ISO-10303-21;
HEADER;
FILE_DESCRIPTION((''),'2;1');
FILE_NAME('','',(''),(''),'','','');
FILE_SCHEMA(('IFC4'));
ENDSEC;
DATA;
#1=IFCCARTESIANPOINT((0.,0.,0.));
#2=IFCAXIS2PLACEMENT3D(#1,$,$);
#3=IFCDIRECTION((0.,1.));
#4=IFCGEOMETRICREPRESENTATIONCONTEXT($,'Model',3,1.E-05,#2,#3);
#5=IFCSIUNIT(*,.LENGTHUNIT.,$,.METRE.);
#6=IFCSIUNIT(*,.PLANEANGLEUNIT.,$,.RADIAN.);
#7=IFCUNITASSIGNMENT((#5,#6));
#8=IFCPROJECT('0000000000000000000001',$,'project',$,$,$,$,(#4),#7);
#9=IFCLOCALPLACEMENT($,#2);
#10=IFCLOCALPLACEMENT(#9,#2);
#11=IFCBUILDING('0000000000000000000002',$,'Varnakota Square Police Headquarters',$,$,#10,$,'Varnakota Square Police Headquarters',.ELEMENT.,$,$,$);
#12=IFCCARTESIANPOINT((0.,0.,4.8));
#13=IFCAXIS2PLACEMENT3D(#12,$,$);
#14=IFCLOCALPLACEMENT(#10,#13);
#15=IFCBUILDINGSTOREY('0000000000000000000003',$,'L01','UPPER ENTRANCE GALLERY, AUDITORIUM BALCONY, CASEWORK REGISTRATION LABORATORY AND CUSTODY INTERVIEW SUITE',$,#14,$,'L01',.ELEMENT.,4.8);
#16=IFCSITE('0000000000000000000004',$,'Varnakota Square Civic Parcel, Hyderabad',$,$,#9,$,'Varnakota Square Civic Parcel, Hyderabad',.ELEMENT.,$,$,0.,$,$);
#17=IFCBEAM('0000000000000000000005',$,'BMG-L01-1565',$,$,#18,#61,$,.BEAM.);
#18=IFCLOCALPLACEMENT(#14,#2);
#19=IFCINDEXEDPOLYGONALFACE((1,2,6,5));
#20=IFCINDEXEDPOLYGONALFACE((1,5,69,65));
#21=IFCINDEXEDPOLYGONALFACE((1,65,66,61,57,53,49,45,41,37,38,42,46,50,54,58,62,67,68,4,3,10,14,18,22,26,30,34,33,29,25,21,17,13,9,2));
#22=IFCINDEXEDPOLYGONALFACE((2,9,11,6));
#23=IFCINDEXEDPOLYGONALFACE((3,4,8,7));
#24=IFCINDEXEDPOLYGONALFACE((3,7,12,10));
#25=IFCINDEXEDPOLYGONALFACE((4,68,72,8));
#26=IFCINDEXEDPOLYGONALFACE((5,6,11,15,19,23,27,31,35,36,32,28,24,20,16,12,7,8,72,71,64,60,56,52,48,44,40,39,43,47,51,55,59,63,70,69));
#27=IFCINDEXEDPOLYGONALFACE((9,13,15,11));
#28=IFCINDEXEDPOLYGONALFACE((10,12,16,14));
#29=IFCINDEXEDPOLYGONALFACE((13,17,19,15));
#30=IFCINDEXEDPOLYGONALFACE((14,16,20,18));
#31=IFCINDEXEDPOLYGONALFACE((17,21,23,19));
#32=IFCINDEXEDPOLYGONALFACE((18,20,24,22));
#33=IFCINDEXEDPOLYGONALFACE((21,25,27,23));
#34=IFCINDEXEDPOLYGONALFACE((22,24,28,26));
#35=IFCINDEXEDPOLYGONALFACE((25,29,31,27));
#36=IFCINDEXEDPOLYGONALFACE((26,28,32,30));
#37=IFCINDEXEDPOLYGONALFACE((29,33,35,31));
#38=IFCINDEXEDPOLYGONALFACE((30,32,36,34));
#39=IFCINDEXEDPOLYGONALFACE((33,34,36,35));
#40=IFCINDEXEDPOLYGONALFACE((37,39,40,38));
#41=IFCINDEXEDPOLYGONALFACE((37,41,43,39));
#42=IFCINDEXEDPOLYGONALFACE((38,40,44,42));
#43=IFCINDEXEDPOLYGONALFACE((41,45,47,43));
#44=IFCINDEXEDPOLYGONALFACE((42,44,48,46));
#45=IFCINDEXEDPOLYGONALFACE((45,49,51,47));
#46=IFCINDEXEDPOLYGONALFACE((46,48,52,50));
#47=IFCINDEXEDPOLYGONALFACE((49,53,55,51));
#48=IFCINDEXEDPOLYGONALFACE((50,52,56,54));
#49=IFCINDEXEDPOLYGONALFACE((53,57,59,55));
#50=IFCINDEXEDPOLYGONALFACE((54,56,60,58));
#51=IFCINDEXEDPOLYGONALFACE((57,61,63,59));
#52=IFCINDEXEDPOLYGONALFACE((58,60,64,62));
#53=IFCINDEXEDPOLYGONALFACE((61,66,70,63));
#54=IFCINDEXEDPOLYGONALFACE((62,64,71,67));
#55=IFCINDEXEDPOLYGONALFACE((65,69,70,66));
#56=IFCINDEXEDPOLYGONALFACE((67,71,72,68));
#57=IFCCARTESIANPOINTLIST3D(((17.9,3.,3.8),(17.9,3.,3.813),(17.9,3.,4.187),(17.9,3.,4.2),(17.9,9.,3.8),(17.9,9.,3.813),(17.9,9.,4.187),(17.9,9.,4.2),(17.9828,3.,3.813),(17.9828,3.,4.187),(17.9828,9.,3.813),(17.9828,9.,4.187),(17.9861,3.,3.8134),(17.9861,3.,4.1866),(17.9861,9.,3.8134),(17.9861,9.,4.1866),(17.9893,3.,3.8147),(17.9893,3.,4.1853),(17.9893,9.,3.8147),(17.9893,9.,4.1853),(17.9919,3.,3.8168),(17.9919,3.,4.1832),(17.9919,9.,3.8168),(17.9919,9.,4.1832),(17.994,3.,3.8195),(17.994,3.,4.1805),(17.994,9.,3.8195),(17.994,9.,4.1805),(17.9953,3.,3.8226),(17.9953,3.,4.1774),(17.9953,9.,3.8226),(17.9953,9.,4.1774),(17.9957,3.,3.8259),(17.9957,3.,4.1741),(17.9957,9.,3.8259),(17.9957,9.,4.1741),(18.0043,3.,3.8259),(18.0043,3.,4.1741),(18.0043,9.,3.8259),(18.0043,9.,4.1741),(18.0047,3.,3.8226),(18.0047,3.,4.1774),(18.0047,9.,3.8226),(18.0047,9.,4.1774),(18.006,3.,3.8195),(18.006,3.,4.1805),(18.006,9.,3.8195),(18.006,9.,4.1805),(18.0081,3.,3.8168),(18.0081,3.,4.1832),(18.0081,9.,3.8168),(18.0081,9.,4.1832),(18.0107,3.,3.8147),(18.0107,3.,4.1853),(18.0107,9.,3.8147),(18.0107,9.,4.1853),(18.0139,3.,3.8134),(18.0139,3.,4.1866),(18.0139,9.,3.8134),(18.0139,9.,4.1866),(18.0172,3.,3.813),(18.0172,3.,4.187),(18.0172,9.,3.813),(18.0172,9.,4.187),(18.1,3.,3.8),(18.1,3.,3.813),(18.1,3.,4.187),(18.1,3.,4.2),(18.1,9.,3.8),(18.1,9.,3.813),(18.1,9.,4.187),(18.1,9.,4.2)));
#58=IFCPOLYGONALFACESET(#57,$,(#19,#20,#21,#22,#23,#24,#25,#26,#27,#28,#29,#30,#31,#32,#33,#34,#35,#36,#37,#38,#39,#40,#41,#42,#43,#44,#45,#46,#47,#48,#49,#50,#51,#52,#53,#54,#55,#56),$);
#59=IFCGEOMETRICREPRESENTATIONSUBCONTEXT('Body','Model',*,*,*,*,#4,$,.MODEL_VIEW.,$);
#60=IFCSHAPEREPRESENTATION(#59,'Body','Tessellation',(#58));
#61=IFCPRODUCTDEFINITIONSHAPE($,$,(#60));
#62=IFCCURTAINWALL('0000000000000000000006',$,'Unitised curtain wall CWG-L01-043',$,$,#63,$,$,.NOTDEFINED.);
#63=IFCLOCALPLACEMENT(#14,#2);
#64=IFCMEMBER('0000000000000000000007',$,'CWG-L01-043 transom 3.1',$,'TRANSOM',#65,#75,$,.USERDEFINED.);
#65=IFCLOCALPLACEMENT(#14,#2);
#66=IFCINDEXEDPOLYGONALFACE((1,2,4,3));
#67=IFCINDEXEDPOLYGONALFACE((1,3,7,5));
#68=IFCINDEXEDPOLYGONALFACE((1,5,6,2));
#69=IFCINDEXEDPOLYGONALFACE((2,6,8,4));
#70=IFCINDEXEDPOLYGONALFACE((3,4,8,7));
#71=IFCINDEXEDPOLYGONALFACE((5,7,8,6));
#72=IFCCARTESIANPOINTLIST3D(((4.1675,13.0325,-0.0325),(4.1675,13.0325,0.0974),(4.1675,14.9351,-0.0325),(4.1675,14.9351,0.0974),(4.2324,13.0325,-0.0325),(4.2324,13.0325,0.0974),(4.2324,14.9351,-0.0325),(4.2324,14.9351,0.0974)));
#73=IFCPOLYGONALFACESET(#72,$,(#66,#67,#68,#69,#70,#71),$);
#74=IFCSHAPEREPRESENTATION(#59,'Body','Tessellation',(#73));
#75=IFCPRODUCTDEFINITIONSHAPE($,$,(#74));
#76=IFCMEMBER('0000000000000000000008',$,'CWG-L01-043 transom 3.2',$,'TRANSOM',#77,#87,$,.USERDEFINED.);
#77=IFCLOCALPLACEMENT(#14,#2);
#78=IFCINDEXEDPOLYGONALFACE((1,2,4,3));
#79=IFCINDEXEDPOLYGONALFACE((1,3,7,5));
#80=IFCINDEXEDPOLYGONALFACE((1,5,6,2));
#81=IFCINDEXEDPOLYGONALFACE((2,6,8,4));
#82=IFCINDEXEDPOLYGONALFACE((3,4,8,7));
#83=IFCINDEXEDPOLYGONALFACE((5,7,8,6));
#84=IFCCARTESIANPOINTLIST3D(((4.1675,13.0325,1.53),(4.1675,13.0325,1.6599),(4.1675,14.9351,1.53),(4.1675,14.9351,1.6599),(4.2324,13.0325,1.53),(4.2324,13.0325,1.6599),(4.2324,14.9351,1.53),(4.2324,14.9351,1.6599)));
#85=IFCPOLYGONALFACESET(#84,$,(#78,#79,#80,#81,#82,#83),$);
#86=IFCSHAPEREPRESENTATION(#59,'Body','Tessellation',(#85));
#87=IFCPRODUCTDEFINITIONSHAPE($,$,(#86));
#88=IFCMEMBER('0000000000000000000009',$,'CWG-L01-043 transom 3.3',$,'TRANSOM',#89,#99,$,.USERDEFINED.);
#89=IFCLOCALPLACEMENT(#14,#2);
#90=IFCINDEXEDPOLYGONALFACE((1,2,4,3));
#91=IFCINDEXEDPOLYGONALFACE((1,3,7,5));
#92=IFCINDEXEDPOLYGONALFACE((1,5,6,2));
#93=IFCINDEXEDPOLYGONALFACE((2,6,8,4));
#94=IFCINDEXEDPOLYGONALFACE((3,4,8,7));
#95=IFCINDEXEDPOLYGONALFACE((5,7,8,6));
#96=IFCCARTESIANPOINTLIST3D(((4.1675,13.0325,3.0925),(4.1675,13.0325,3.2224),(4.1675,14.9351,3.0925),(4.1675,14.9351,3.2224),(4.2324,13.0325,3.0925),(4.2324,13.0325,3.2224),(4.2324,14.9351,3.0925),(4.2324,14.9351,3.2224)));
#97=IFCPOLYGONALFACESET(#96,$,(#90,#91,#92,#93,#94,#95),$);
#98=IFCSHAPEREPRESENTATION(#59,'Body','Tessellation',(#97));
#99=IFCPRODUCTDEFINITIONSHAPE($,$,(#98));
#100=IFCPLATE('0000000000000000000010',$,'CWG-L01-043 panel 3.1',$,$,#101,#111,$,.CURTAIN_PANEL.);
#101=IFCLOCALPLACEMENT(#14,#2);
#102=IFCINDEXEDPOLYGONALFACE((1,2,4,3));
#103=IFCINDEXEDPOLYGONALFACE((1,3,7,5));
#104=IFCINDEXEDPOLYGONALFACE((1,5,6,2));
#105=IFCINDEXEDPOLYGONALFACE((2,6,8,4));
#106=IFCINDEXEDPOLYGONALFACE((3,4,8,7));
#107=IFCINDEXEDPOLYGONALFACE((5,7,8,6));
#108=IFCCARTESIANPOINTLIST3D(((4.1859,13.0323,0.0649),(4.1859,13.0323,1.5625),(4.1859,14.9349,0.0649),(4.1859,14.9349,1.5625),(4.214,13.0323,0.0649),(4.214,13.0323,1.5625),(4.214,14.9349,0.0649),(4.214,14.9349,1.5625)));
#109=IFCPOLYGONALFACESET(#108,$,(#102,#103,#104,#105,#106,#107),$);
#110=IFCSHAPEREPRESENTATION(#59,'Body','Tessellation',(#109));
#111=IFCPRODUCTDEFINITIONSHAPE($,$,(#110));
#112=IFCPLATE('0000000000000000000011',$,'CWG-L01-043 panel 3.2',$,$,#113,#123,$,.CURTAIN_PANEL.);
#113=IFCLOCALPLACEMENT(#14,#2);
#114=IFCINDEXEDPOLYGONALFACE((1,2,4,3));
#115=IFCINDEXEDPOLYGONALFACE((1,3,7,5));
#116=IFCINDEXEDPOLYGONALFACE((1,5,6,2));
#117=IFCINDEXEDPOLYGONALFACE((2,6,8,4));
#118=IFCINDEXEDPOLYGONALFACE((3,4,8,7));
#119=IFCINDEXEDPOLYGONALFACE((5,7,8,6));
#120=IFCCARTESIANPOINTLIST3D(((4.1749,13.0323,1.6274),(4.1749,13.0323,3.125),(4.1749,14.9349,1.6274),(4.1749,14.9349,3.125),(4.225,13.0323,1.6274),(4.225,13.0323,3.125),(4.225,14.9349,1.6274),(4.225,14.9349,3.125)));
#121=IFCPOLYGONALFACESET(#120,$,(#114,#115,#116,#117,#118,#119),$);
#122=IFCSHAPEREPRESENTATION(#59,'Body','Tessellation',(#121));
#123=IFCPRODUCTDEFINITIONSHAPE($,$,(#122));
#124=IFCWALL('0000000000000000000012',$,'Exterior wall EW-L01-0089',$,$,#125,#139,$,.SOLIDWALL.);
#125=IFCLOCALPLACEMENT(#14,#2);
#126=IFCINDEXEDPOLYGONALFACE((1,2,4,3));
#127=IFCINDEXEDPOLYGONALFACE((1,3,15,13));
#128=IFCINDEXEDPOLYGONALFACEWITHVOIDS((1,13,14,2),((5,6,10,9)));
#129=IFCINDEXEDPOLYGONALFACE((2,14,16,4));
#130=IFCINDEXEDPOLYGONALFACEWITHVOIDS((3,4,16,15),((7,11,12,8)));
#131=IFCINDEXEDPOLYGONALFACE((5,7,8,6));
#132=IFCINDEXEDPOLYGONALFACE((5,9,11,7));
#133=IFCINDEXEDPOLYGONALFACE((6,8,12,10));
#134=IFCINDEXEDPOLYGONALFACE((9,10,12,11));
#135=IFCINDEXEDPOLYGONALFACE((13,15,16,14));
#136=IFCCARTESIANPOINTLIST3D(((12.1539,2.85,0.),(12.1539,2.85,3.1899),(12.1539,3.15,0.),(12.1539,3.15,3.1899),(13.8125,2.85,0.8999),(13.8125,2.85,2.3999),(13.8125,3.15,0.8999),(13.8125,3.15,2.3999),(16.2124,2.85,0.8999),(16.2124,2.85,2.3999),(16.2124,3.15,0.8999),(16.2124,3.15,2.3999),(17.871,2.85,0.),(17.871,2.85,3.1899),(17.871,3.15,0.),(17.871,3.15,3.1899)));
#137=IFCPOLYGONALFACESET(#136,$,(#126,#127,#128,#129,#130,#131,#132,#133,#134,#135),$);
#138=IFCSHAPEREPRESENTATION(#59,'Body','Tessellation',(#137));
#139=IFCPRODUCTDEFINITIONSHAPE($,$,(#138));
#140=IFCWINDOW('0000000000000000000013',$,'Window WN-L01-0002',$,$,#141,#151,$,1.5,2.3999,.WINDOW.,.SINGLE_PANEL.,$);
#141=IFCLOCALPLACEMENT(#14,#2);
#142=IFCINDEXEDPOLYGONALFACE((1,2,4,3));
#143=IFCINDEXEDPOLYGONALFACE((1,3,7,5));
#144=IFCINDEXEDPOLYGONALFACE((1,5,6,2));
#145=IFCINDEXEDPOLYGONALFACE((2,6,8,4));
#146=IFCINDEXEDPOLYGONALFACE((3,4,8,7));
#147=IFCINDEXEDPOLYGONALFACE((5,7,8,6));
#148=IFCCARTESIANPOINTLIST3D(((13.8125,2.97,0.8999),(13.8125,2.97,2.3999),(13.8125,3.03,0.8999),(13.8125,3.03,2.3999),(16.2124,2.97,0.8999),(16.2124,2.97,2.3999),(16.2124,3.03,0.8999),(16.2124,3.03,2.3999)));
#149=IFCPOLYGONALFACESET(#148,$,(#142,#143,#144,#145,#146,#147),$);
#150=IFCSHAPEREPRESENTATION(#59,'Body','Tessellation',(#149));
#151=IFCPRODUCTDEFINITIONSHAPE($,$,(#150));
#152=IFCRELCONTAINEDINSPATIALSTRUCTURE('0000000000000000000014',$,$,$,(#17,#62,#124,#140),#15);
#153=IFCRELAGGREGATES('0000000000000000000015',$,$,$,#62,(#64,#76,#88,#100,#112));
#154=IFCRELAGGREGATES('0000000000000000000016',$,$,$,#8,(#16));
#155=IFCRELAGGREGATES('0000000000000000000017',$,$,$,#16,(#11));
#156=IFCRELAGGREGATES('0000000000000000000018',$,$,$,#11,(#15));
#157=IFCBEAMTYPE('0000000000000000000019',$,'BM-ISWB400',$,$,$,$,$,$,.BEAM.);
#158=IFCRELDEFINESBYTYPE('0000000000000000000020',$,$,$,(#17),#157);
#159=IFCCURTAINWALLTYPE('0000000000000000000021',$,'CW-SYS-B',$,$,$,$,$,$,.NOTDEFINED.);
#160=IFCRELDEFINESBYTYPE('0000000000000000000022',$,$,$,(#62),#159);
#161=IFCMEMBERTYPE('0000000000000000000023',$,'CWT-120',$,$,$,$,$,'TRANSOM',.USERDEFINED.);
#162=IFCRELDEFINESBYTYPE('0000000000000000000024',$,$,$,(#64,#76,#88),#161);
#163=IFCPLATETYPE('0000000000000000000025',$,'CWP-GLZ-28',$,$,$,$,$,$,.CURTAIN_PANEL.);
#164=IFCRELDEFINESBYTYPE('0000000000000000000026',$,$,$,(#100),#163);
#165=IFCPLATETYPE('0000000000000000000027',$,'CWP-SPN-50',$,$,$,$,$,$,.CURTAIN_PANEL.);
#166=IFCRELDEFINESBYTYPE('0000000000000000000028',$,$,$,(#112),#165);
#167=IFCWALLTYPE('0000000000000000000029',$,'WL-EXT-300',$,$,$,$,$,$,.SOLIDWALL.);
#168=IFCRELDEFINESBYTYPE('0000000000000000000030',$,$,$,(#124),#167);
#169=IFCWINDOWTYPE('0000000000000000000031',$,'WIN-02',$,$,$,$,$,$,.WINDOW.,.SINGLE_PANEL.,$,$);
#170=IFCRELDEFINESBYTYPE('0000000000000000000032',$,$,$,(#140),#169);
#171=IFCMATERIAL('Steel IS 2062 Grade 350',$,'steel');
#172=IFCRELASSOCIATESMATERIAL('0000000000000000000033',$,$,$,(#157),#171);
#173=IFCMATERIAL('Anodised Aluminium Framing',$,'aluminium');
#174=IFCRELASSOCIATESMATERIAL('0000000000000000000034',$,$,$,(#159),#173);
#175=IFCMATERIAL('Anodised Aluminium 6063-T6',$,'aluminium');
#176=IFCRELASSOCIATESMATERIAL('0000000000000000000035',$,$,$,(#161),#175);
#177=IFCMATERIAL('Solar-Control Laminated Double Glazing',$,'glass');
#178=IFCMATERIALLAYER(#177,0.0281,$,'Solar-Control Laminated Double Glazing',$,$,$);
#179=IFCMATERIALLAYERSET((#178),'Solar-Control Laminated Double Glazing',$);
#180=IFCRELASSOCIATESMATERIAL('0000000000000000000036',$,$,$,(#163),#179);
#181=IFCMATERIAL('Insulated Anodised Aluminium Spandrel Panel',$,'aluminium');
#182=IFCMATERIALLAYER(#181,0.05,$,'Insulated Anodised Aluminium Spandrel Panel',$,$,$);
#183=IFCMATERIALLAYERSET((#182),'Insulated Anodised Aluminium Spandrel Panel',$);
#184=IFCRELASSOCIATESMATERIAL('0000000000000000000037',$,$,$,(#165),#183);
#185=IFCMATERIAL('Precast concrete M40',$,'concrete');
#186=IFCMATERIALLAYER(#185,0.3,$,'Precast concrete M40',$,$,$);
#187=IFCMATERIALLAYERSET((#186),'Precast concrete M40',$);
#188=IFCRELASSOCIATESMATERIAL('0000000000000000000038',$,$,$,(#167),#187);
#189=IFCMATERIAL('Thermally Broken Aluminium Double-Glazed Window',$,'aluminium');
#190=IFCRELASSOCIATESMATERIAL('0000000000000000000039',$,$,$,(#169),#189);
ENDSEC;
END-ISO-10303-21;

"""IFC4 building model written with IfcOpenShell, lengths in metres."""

from ifc_helpers import new_model, si_unit, direction, frame, frame_2d, origin, origin_2d, place, context, subcontext, project, spatial, rectangle, i_section, extrude, material, layer, layer_set, material_profile, profile_set, type_object, element, fill, aggregate, save


model = new_model("IFC4")

# Units and contexts
model_context = context("Model", 3, precision=1e-05, world=origin(), true_north=direction((0.0, 1.0)))
body_context = subcontext(model_context, "Body", "Model", "MODEL_VIEW")
ifc_project = project(units=[si_unit("LENGTHUNIT", "METRE"), si_unit("PLANEANGLEUNIT", "RADIAN")], contexts=[model_context])

# Site, building, storey
site_placement = place(None, origin())
site = spatial("IfcSite", under=ifc_project, at=site_placement, Name="Varnakota Square Civic Parcel, Hyderabad", LongName="Varnakota Square Civic Parcel, Hyderabad", CompositionType="ELEMENT", RefElevation=0.0)
building_placement = place(site_placement, origin())
building = spatial("IfcBuilding", under=site, at=building_placement, Name="Varnakota Square Police Headquarters", LongName="Varnakota Square Police Headquarters", CompositionType="ELEMENT")
storey_placement = place(building_placement, frame((0.0, 0.0, 4.8)))
storey = spatial("IfcBuildingStorey", under=building, at=storey_placement, Name="L01", Description="UPPER ENTRANCE GALLERY, AUDITORIUM BALCONY, CASEWORK REGISTRATION LABORATORY AND CUSTODY INTERVIEW SUITE", LongName="L01", CompositionType="ELEMENT", Elevation=4.8)

# Shared definitions
ifc_material_1 = material(Name="Steel IS 2062 Grade 350", Category="steel")

# Beam
ifc_material_profile_1 = material_profile(ifc_material_1, i_section(OverallWidth=0.2, OverallDepth=0.3999, WebThickness=0.0085, FlangeThickness=0.0129, FilletRadius=0.0129, at=origin_2d()), Name="ISWB 400")
ifc_profile_set_1 = profile_set([ifc_material_profile_1], Name="Steel IS 2062 Grade 350")
beam_type_1 = type_object("IfcBeamType", Name="BM-ISWB400", PredefinedType="BEAM", material=ifc_profile_set_1)
for number, where, z_axis, x_axis, name in (
    (1, (18.0, 3.0, 4.0), (0.0, 1.0, 0.0), (-1.0, 0.0, 0.0), "BMG-L01-1565"),
):
    element("IfcBeam", number, at=place(storey_placement, frame(where, z_axis=z_axis, x_axis=x_axis)), inside=storey, type_object=beam_type_1, Name=name, PredefinedType="BEAM", context=body_context, shape_type="SweptSolid", body=[
        extrude(i_section(OverallWidth=0.2, OverallDepth=0.3999, WebThickness=0.0085, FlangeThickness=0.0129, FilletRadius=0.0129, at=origin_2d()), origin(), (0.0, 0.0, 1.0), 6.0),
    ])

# Curtain wall, members, plates
ifc_material_2 = material(Name="Anodised Aluminium Framing", Category="aluminium")
curtain_wall_type = type_object("IfcCurtainWallType", Name="CW-SYS-B", PredefinedType="NOTDEFINED", material=ifc_material_2)
curtain_wall_placement = place(storey_placement, origin())
curtain_wall = element("IfcCurtainWall", 2, at=curtain_wall_placement, inside=storey, type_object=curtain_wall_type, Name="Unitised curtain wall CWG-L01-043", PredefinedType="NOTDEFINED")
ifc_material_3 = material(Name="Anodised Aluminium 6063-T6", Category="aluminium")
ifc_material_profile_2 = material_profile(ifc_material_3, rectangle(XDim=0.0649, YDim=0.1299, at=origin_2d()), Name="ALU TRANSOM 65x130")
ifc_profile_set_2 = profile_set([ifc_material_profile_2], Name="Anodised Aluminium 6063-T6")
member_type = type_object("IfcMemberType", Name="CWT-120", ElementType="TRANSOM", PredefinedType="USERDEFINED", material=ifc_profile_set_2)
member_1_placement = place(storey_placement, frame((4.2, 13.0325, 0.0325), z_axis=(0.0, 1.0, 0.0), x_axis=(-1.0, 0.0, 0.0)))
member_1 = element("IfcMember", 3, at=member_1_placement, type_object=member_type, Name="CWG-L01-043 transom 3.1", ObjectType="TRANSOM", PredefinedType="USERDEFINED", context=body_context, shape_type="SweptSolid", body=[
    extrude(rectangle(XDim=0.0649, YDim=0.1299, at=origin_2d()), origin(), (0.0, 0.0, 1.0), 1.9026),
])
member_2_placement = place(storey_placement, frame((4.2, 13.0325, 1.595), z_axis=(0.0, 1.0, 0.0), x_axis=(-1.0, 0.0, 0.0)))
member_2 = element("IfcMember", 4, at=member_2_placement, type_object=member_type, Name="CWG-L01-043 transom 3.2", ObjectType="TRANSOM", PredefinedType="USERDEFINED", context=body_context, shape_type="SweptSolid", body=[
    extrude(rectangle(XDim=0.0649, YDim=0.1299, at=origin_2d()), origin(), (0.0, 0.0, 1.0), 1.9026),
])
member_3_placement = place(storey_placement, frame((4.2, 13.0325, 3.1575), z_axis=(0.0, 1.0, 0.0), x_axis=(-1.0, 0.0, 0.0)))
member_3 = element("IfcMember", 5, at=member_3_placement, type_object=member_type, Name="CWG-L01-043 transom 3.3", ObjectType="TRANSOM", PredefinedType="USERDEFINED", context=body_context, shape_type="SweptSolid", body=[
    extrude(rectangle(XDim=0.0649, YDim=0.1299, at=origin_2d()), origin(), (0.0, 0.0, 1.0), 1.9026),
])
ifc_material_4 = material(Name="Solar-Control Laminated Double Glazing", Category="glass")
ifc_layer_1 = layer(ifc_material_4, 0.0281, Name="Solar-Control Laminated Double Glazing")
ifc_layer_set_1 = layer_set([ifc_layer_1], Name="Solar-Control Laminated Double Glazing")
plate_type_1 = type_object("IfcPlateType", Name="CWP-GLZ-28", PredefinedType="CURTAIN_PANEL", material=ifc_layer_set_1)
plate_1_placement = place(storey_placement, frame((4.2, 13.9836, 0.0649), z_axis=(0.0, 0.0, 1.0), x_axis=(0.0, 1.0, 0.0)))
plate_1 = element("IfcPlate", 6, at=plate_1_placement, type_object=plate_type_1, Name="CWG-L01-043 panel 3.1", PredefinedType="CURTAIN_PANEL", context=body_context, shape_type="SweptSolid", body=[
    extrude(rectangle(XDim=1.9026, YDim=0.0281, at=origin_2d()), origin(), (0.0, 0.0, 1.0), 1.4976),
])
ifc_material_5 = material(Name="Insulated Anodised Aluminium Spandrel Panel", Category="aluminium")
ifc_layer_2 = layer(ifc_material_5, 0.05, Name="Insulated Anodised Aluminium Spandrel Panel")
ifc_layer_set_2 = layer_set([ifc_layer_2], Name="Insulated Anodised Aluminium Spandrel Panel")
plate_type_2 = type_object("IfcPlateType", Name="CWP-SPN-50", PredefinedType="CURTAIN_PANEL", material=ifc_layer_set_2)
plate_2_placement = place(storey_placement, frame((4.2, 13.9836, 1.6274), z_axis=(0.0, 0.0, 1.0), x_axis=(0.0, 1.0, 0.0)))
plate_2 = element("IfcPlate", 7, at=plate_2_placement, type_object=plate_type_2, Name="CWG-L01-043 panel 3.2", PredefinedType="CURTAIN_PANEL", context=body_context, shape_type="SweptSolid", body=[
    extrude(rectangle(XDim=1.9026, YDim=0.05, at=origin_2d()), origin(), (0.0, 0.0, 1.0), 1.4976),
])
aggregate(curtain_wall, [member_1, member_2, member_3, plate_1, plate_2])

# Wall, opening, window
ifc_material_6 = material(Name="Precast concrete M40", Category="concrete")
ifc_layer_3 = layer(ifc_material_6, 0.3, Name="Precast concrete M40")
ifc_layer_set_3 = layer_set([ifc_layer_3], Name="Precast concrete M40")
wall_type_1 = type_object("IfcWallType", Name="WL-EXT-300", PredefinedType="SOLIDWALL", material=ifc_layer_set_3)
wall_1_placement = place(storey_placement, frame((12.1541, 3.0, 0.0), z_axis=(0.0, 0.0, 1.0), x_axis=(1.0, 0.0, 0.0)))
wall_1 = element("IfcWall", 8, at=wall_1_placement, inside=storey, type_object=wall_type_1, Name="Exterior wall EW-L01-0089", PredefinedType="SOLIDWALL", context=body_context, shape_type="SweptSolid", body=[
    extrude(rectangle(XDim=5.717, YDim=0.3, at=frame_2d((2.8584, 0.0))), origin(), (0.0, 0.0, 1.0), 3.1899),
])
opening_1_placement = place(wall_1_placement, frame((1.6584, 0.0, 0.8999)))
opening_1 = element("IfcOpeningElement", 9, at=opening_1_placement, cuts=wall_1, PredefinedType="OPENING", context=body_context, shape_type="SweptSolid", body=[
    extrude(rectangle(XDim=2.3999, YDim=1.5, at=frame_2d((1.2, 0.75))), frame((0.0, 0.1599, 0.0), z_axis=(0.0, -1.0, 0.0), x_axis=(1.0, 0.0, 0.0)), (0.0, 0.0, 1.0), 0.3201),
])
ifc_material_7 = material(Name="Thermally Broken Aluminium Double-Glazed Window", Category="aluminium")
window_type_1 = type_object("IfcWindowType", Name="WIN-02", PartitioningType="SINGLE_PANEL", PredefinedType="WINDOW", material=ifc_material_7)
window_1_placement = place(opening_1_placement, origin())
window_1 = element("IfcWindow", 10, at=window_1_placement, inside=storey, type_object=window_type_1, Name="Window WN-L01-0002", OverallHeight=1.5, OverallWidth=2.3999, PartitioningType="SINGLE_PANEL", PredefinedType="WINDOW", context=body_context, shape_type="SweptSolid", body=[
    extrude(rectangle(XDim=2.3999, YDim=1.5, at=frame_2d((1.2, 0.75))), frame((0.0, 0.03, 0.0), z_axis=(0.0, -1.0, 0.0), x_axis=(1.0, 0.0, 0.0)), (0.0, 0.0, 1.0), 0.0601),
])
fill(opening_1, window_1)

save(model, "model.ifc")
